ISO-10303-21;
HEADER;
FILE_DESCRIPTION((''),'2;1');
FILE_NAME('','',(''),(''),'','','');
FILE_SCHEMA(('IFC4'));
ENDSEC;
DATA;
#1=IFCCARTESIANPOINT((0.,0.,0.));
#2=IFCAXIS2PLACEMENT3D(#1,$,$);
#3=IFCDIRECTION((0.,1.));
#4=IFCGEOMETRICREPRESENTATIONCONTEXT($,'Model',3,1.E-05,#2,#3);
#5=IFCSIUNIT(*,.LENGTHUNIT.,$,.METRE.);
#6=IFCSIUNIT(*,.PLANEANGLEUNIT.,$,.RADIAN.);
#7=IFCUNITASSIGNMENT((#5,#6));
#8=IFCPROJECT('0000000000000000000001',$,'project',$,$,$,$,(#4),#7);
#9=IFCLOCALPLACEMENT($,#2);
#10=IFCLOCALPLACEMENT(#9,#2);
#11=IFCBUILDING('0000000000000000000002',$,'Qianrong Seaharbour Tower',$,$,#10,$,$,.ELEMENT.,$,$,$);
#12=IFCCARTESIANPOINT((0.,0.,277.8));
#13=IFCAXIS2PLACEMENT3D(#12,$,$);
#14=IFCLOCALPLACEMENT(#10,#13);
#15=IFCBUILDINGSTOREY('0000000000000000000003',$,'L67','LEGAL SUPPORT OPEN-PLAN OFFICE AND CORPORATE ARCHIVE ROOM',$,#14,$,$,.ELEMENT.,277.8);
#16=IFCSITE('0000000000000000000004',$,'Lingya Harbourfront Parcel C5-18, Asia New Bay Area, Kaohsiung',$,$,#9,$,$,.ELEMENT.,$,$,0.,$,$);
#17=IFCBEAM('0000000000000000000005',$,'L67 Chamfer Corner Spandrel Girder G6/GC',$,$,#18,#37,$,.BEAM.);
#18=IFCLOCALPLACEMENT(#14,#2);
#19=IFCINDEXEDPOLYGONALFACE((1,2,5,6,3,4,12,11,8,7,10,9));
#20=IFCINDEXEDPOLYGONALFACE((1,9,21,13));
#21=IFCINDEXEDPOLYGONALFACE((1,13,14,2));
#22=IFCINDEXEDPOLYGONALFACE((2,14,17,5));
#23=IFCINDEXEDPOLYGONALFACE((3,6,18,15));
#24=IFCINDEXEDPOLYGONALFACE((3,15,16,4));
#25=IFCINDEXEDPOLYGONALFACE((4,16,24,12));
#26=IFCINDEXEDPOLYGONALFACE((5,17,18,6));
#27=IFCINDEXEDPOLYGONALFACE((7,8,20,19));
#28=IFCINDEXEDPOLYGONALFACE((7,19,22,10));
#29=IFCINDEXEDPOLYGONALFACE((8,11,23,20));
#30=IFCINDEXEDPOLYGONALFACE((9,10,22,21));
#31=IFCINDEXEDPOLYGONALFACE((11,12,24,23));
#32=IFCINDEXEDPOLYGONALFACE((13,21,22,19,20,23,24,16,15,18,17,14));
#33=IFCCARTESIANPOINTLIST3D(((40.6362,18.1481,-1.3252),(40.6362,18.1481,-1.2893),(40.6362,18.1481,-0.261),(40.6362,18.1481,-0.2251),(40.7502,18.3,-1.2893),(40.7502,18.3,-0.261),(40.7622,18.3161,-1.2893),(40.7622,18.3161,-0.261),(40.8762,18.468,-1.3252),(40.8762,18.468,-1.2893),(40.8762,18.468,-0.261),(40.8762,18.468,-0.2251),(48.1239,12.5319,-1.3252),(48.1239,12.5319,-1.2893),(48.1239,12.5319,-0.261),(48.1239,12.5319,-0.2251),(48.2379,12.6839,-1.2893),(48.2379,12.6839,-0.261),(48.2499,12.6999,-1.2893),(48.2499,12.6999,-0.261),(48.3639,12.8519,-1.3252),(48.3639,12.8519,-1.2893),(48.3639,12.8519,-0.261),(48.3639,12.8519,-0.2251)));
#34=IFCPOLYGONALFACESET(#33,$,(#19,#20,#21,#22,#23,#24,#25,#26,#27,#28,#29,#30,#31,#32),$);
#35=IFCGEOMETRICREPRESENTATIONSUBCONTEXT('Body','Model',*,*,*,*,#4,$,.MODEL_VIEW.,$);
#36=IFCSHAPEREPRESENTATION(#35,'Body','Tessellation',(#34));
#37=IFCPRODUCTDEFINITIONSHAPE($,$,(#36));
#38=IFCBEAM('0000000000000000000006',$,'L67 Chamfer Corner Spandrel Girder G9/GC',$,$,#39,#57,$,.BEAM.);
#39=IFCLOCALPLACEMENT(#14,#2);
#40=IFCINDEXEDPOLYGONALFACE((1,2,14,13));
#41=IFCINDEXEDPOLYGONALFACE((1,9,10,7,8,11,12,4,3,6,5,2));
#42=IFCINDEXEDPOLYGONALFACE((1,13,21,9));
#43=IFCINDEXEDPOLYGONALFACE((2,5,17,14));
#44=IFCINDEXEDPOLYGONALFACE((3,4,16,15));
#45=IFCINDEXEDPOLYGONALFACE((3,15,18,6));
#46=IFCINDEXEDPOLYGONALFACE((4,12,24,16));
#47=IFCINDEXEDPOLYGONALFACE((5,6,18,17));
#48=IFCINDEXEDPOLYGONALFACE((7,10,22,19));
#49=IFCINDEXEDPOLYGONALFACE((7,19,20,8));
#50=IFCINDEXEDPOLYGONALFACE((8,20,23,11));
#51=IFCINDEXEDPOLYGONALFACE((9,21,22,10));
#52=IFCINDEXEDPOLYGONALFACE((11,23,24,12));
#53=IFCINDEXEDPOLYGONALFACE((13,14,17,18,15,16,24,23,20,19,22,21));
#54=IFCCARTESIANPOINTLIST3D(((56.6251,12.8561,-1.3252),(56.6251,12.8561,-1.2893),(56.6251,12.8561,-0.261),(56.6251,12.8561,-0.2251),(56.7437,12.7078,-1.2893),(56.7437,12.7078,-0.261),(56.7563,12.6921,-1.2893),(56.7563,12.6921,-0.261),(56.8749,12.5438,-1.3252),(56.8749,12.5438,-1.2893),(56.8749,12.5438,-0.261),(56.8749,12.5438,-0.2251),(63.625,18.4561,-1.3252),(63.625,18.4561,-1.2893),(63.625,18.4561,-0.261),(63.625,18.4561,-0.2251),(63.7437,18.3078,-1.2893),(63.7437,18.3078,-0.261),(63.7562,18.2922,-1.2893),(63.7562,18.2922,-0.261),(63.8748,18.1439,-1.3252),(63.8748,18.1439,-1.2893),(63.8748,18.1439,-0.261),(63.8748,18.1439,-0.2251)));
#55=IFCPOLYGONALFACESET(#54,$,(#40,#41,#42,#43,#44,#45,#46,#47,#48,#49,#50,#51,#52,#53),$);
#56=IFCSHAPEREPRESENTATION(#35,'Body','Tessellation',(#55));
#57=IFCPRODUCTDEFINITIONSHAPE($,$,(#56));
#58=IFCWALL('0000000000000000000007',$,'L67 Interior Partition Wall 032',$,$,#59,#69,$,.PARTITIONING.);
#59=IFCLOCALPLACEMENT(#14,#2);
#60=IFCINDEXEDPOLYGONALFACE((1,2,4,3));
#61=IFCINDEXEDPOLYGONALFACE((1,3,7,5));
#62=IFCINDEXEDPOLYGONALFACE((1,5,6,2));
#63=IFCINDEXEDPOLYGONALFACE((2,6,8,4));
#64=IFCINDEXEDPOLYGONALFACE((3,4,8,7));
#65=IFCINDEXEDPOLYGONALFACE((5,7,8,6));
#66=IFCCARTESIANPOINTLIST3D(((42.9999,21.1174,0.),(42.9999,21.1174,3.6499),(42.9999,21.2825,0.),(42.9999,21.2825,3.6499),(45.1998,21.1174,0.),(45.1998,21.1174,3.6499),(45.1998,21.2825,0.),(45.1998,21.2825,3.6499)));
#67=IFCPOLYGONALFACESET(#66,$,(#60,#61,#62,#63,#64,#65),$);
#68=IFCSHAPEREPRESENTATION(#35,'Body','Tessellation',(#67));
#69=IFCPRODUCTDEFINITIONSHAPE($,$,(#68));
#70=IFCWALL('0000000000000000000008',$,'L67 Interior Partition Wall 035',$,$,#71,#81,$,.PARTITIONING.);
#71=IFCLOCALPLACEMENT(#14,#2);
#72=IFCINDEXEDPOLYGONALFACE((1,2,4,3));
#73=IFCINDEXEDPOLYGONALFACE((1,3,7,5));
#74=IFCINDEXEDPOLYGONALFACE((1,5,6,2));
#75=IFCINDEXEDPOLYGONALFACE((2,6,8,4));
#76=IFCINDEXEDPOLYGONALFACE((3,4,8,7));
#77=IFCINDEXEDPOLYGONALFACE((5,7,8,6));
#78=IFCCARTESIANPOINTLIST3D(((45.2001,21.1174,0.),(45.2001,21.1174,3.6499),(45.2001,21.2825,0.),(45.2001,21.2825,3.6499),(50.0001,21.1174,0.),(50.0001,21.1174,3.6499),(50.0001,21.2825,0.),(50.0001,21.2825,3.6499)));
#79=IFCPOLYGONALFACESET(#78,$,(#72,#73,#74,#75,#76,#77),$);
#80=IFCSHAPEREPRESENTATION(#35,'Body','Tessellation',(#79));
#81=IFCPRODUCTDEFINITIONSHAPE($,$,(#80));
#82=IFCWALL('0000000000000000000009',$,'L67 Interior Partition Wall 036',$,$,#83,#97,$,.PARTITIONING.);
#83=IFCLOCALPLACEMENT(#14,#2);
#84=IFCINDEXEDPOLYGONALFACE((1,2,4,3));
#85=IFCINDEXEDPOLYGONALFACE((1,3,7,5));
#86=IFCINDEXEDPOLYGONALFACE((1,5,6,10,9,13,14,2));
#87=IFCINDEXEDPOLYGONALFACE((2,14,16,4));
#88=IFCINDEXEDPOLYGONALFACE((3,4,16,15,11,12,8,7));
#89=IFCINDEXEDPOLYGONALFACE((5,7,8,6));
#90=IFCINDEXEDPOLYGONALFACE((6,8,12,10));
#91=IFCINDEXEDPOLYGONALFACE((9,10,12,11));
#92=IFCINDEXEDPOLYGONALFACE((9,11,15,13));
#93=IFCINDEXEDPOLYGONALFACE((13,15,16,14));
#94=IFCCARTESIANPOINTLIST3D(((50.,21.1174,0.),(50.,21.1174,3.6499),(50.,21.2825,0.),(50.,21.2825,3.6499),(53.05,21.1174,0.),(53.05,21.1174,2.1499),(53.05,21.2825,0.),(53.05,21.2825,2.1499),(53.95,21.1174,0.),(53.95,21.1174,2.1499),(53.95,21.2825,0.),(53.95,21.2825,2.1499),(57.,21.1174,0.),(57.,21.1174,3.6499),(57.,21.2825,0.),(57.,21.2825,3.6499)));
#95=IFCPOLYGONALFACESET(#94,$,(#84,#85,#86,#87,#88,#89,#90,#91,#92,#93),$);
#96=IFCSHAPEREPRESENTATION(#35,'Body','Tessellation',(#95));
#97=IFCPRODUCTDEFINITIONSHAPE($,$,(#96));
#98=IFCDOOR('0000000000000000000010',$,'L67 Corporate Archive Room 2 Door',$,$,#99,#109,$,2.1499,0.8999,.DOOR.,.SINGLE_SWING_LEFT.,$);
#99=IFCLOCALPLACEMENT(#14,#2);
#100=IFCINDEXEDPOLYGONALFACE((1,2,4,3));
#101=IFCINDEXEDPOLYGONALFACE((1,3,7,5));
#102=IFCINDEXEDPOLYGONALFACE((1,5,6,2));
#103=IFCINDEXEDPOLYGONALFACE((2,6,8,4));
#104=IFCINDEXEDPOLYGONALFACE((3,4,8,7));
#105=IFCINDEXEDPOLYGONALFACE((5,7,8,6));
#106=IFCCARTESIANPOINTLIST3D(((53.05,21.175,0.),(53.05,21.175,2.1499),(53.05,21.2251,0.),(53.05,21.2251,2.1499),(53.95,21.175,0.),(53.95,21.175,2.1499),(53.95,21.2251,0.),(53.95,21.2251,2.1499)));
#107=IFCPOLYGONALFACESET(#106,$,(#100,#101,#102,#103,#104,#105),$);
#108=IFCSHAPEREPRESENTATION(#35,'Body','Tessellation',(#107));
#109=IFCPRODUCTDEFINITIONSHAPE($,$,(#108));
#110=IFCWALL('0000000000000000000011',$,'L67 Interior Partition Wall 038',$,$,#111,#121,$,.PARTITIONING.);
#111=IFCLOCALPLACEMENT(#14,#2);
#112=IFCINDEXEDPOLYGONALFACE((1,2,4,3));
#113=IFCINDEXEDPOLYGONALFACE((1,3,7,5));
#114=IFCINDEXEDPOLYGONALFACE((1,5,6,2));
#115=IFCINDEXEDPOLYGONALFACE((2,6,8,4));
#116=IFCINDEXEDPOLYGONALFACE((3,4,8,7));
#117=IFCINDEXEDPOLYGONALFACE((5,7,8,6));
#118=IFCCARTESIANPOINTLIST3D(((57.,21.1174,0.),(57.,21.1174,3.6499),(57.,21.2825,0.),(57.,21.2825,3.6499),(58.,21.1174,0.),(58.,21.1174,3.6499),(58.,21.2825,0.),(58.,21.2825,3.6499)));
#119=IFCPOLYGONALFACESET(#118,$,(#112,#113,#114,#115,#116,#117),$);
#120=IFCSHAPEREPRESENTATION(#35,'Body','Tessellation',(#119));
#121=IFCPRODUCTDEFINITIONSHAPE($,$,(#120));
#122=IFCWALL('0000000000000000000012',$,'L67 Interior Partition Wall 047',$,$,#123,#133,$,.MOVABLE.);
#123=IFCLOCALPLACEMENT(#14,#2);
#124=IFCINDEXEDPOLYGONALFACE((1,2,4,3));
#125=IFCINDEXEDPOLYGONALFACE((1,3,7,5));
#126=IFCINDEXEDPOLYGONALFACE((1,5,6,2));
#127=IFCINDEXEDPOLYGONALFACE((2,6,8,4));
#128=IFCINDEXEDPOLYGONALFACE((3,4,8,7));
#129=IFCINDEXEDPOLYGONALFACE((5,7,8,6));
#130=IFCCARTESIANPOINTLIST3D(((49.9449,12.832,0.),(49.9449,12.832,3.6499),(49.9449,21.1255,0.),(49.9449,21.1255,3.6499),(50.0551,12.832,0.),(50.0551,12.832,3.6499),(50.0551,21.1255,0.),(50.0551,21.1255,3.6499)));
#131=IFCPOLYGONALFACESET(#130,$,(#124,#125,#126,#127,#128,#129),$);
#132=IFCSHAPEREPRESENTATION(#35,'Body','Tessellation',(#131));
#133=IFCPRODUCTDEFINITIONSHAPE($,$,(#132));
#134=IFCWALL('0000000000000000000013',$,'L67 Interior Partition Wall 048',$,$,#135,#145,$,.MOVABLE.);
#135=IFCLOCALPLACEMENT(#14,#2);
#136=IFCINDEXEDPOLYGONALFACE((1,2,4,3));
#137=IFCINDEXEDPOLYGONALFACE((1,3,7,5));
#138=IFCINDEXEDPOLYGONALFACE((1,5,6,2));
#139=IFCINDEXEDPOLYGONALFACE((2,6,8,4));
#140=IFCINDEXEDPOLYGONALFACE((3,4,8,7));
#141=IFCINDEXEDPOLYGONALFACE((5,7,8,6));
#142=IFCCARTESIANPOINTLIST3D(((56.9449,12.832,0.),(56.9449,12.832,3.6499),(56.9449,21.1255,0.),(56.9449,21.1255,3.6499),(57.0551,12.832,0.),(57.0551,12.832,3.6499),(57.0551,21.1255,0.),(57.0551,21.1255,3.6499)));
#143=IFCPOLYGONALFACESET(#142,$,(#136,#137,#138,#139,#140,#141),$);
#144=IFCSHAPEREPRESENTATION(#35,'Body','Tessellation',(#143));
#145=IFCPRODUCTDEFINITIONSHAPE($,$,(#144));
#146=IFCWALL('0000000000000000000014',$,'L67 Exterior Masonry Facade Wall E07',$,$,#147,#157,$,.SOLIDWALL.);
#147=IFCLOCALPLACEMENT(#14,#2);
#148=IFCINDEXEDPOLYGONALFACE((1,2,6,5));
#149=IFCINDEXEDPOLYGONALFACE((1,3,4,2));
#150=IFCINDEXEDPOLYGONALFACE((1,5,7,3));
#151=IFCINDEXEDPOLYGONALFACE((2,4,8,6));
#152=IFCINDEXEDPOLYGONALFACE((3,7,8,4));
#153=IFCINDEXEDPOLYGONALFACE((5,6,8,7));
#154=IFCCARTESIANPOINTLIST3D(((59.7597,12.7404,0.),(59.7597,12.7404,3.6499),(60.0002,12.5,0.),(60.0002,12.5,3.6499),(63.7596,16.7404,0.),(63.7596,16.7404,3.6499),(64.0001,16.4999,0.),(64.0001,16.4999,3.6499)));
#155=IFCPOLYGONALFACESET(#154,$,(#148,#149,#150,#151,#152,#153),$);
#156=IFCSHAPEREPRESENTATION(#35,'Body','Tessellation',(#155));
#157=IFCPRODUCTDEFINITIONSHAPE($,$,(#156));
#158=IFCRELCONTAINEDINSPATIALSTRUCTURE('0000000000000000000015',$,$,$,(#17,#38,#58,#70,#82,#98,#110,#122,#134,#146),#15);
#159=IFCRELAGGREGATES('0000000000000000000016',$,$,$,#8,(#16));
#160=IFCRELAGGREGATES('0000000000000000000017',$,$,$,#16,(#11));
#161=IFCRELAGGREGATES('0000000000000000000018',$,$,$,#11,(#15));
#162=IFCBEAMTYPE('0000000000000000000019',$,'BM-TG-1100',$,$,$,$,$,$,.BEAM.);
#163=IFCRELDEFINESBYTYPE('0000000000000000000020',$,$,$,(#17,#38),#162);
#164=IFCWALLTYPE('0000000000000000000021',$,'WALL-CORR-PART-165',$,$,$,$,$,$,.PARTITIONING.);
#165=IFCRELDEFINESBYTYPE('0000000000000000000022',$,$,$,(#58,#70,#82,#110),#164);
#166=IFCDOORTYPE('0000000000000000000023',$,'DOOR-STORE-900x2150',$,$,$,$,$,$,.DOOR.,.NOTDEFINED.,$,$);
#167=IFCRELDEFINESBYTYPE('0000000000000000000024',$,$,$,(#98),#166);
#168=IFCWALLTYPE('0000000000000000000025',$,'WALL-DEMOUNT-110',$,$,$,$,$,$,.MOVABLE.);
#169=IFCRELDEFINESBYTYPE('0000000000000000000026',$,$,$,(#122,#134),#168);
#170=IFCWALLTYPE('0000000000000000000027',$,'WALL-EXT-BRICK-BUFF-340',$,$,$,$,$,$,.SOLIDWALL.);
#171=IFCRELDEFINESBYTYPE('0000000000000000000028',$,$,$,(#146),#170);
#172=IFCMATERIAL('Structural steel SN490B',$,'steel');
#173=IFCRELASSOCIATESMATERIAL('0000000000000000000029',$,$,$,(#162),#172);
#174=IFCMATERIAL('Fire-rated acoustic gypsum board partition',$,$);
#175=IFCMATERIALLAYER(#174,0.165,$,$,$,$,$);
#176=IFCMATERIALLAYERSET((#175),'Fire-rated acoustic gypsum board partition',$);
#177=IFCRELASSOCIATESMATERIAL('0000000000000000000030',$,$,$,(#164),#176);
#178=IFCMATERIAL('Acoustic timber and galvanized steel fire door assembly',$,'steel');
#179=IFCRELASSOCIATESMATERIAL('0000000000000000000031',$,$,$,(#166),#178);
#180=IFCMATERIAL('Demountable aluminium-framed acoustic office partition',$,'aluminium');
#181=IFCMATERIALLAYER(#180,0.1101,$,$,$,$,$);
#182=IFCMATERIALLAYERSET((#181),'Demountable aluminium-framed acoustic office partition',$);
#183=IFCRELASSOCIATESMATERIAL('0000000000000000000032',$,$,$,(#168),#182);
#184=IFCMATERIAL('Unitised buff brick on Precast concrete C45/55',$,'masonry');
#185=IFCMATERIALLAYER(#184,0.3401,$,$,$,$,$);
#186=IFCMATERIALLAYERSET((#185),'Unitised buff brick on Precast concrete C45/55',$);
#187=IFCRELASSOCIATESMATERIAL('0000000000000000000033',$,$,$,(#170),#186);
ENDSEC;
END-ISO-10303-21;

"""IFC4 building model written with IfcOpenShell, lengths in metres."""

from ifc_helpers import new_model, si_unit, direction, frame, frame_2d, origin, origin_2d, place, context, subcontext, project, spatial, rectangle, i_section, extrude, material, layer, layer_set, material_profile, profile_set, type_object, element, fill, save


model = new_model("IFC4")

# Units and contexts
model_context = context("Model", 3, precision=1e-05, world=origin(), true_north=direction((0.0, 1.0)))
body_context = subcontext(model_context, "Body", "Model", "MODEL_VIEW")
ifc_project = project(units=[si_unit("LENGTHUNIT", "METRE"), si_unit("PLANEANGLEUNIT", "RADIAN")], contexts=[model_context])

# Site, building, storey
site_placement = place(None, origin())
site = spatial("IfcSite", under=ifc_project, at=site_placement, Name="Lingya Harbourfront Parcel C5-18, Asia New Bay Area, Kaohsiung", CompositionType="ELEMENT", RefElevation=0.0)
building_placement = place(site_placement, origin())
building = spatial("IfcBuilding", under=site, at=building_placement, Name="Qianrong Seaharbour Tower", CompositionType="ELEMENT")
storey_placement = place(building_placement, frame((0.0, 0.0, 277.8)))
storey = spatial("IfcBuildingStorey", under=building, at=storey_placement, Name="L67", Description="LEGAL SUPPORT OPEN-PLAN OFFICE AND CORPORATE ARCHIVE ROOM", CompositionType="ELEMENT", Elevation=277.8)

# Shared definitions
ifc_material_1 = material(Name="Structural steel SN490B", Category="steel")

# Beams
ifc_material_profile_1 = material_profile(ifc_material_1, i_section(OverallWidth=0.3999, OverallDepth=1.1001, WebThickness=0.02, FlangeThickness=0.0359, at=origin_2d()), Name="BH1100x400x20x36")
ifc_profile_set_1 = profile_set([ifc_material_profile_1], Name="Structural steel SN490B")
beam_type_1 = type_object("IfcBeamType", Name="BM-TG-1100", PredefinedType="BEAM", material=ifc_profile_set_1)
beam_1_placement = place(storey_placement, frame((48.2439, 12.6919, -0.7751), z_axis=(-0.799981, 0.600025, 0.0), x_axis=(-0.600025, -0.799981, 0.0)))
element("IfcBeam", 1, at=beam_1_placement, inside=storey, type_object=beam_type_1, Name="L67 Chamfer Corner Spandrel Girder G6/GC", PredefinedType="BEAM", context=body_context, shape_type="SweptSolid", body=[
    extrude(i_section(OverallWidth=0.3999, OverallDepth=1.1001, WebThickness=0.02, FlangeThickness=0.0359, at=origin_2d()), origin(), (0.0, 0.0, 1.0), 9.3599),
])
beam_2_placement = place(storey_placement, frame((56.75, 12.7, -0.7751), z_axis=(0.780863, 0.624702, 0.0), x_axis=(-0.624702, 0.780863, 0.0)))
element("IfcBeam", 2, at=beam_2_placement, inside=storey, type_object=beam_type_1, Name="L67 Chamfer Corner Spandrel Girder G9/GC", PredefinedType="BEAM", context=body_context, shape_type="SweptSolid", body=[
    extrude(i_section(OverallWidth=0.3999, OverallDepth=1.1001, WebThickness=0.02, FlangeThickness=0.0359, at=origin_2d()), origin(), (0.0, 0.0, 1.0), 8.9644),
])

# Walls
ifc_material_2 = material(Name="Fire-rated acoustic gypsum board partition")
ifc_layer_1 = layer(ifc_material_2, 0.165)
ifc_layer_set_1 = layer_set([ifc_layer_1], Name="Fire-rated acoustic gypsum board partition")
wall_type_1 = type_object("IfcWallType", Name="WALL-CORR-PART-165", PredefinedType="PARTITIONING", material=ifc_layer_set_1)
wall_1_placement = place(storey_placement, frame((45.2, 21.2, 0.0), z_axis=(0.0, 0.0, 1.0), x_axis=(-1.0, 0.0, 0.0)))
element("IfcWall", 3, at=wall_1_placement, inside=storey, type_object=wall_type_1, Name="L67 Interior Partition Wall 032", PredefinedType="PARTITIONING", context=body_context, shape_type="SweptSolid", body=[
    extrude(rectangle(XDim=2.2, YDim=0.165, at=frame_2d((1.1001, 0.0))), origin(), (0.0, 0.0, 1.0), 3.6499),
])
wall_2_placement = place(storey_placement, frame((50.0, 21.2, 0.0), z_axis=(0.0, 0.0, 1.0), x_axis=(-1.0, 0.0, 0.0)))
element("IfcWall", 4, at=wall_2_placement, inside=storey, type_object=wall_type_1, Name="L67 Interior Partition Wall 035", PredefinedType="PARTITIONING", context=body_context, shape_type="SweptSolid", body=[
    extrude(rectangle(XDim=4.8, YDim=0.165, at=frame_2d((2.3999, 0.0))), origin(), (0.0, 0.0, 1.0), 3.6499),
])

# Wall, opening, door
wall_3_placement = place(storey_placement, frame((57.0, 21.2, 0.0), z_axis=(0.0, 0.0, 1.0), x_axis=(-1.0, 0.0, 0.0)))
wall_3 = element("IfcWall", 5, at=wall_3_placement, inside=storey, type_object=wall_type_1, Name="L67 Interior Partition Wall 036", PredefinedType="PARTITIONING", context=body_context, shape_type="SweptSolid", body=[
    extrude(rectangle(XDim=7.0, YDim=0.165, at=frame_2d((3.5, 0.0))), origin(), (0.0, 0.0, 1.0), 3.6499),
])
opening_1_placement = place(wall_3_placement, frame((3.05, 0.0, 0.0)))
opening_1 = element("IfcOpeningElement", 6, at=opening_1_placement, cuts=wall_3, PredefinedType="OPENING", context=body_context, shape_type="SweptSolid", body=[
    extrude(rectangle(XDim=0.8999, YDim=2.1499, at=frame_2d((0.45, 1.075))), frame((0.0, 0.0925, 0.0), z_axis=(0.0, -1.0, 0.0), x_axis=(1.0, 0.0, 0.0)), (0.0, 0.0, 1.0), 0.1851),
])
ifc_material_3 = material(Name="Acoustic timber and galvanized steel fire door assembly", Category="steel")
door_type = type_object("IfcDoorType", Name="DOOR-STORE-900x2150", OperationType="NOTDEFINED", PredefinedType="DOOR", material=ifc_material_3)
door_placement = place(opening_1_placement, origin())
door = element("IfcDoor", 7, at=door_placement, inside=storey, type_object=door_type, Name="L67 Corporate Archive Room 2 Door", OperationType="SINGLE_SWING_LEFT", OverallHeight=2.1499, OverallWidth=0.8999, PredefinedType="DOOR", context=body_context, shape_type="SweptSolid", body=[
    extrude(rectangle(XDim=0.8999, YDim=2.1499, at=frame_2d((0.45, 1.075))), frame((0.0, 0.0249, 0.0), z_axis=(0.0, -1.0, 0.0), x_axis=(1.0, 0.0, 0.0)), (0.0, 0.0, 1.0), 0.05),
])
fill(opening_1, door)

# Walls
wall_4_placement = place(storey_placement, frame((58.0, 21.2, 0.0), z_axis=(0.0, 0.0, 1.0), x_axis=(-1.0, 0.0, 0.0)))
element("IfcWall", 8, at=wall_4_placement, inside=storey, type_object=wall_type_1, Name="L67 Interior Partition Wall 038", PredefinedType="PARTITIONING", context=body_context, shape_type="SweptSolid", body=[
    extrude(rectangle(XDim=1.0, YDim=0.165, at=frame_2d((0.5, 0.0))), origin(), (0.0, 0.0, 1.0), 3.6499),
])
ifc_material_4 = material(Name="Demountable aluminium-framed acoustic office partition", Category="aluminium")
ifc_layer_2 = layer(ifc_material_4, 0.1101)
ifc_layer_set_2 = layer_set([ifc_layer_2], Name="Demountable aluminium-framed acoustic office partition")
wall_type_2 = type_object("IfcWallType", Name="WALL-DEMOUNT-110", PredefinedType="MOVABLE", material=ifc_layer_set_2)
for number, where, z_axis, x_axis, name in (
    (9, (50.0, 21.1255, 0.0), (0.0, 0.0, 1.0), (0.0, -1.0, 0.0), "L67 Interior Partition Wall 047"),
    (10, (57.0, 21.1255, 0.0), (0.0, 0.0, 1.0), (0.0, -1.0, 0.0), "L67 Interior Partition Wall 048"),
):
    element("IfcWall", number, at=place(storey_placement, frame(where, z_axis=z_axis, x_axis=x_axis)), inside=storey, type_object=wall_type_2, Name=name, PredefinedType="MOVABLE", context=body_context, shape_type="SweptSolid", body=[
        extrude(rectangle(XDim=8.2935, YDim=0.1101, at=frame_2d((4.1467, 0.0))), origin(), (0.0, 0.0, 1.0), 3.6499),
    ])
ifc_material_5 = material(Name="Unitised buff brick on Precast concrete C45/55", Category="masonry")
ifc_layer_3 = layer(ifc_material_5, 0.3401)
ifc_layer_set_3 = layer_set([ifc_layer_3], Name="Unitised buff brick on Precast concrete C45/55")
wall_type_3 = type_object("IfcWallType", Name="WALL-EXT-BRICK-BUFF-340", PredefinedType="SOLIDWALL", material=ifc_layer_set_3)
wall_5_placement = place(storey_placement, frame((63.8799, 16.6201, 0.0), z_axis=(0.0, 0.0, 1.0), x_axis=(-0.707107, -0.707107, 0.0)))
element("IfcWall", 11, at=wall_5_placement, inside=storey, type_object=wall_type_3, Name="L67 Exterior Masonry Facade Wall E07", PredefinedType="SOLIDWALL", context=body_context, shape_type="SweptSolid", body=[
    extrude(rectangle(XDim=5.6567, YDim=0.3401, at=frame_2d((2.8284, 0.0))), origin(), (0.0, 0.0, 1.0), 3.6499),
])

save(model, "model.ifc")
